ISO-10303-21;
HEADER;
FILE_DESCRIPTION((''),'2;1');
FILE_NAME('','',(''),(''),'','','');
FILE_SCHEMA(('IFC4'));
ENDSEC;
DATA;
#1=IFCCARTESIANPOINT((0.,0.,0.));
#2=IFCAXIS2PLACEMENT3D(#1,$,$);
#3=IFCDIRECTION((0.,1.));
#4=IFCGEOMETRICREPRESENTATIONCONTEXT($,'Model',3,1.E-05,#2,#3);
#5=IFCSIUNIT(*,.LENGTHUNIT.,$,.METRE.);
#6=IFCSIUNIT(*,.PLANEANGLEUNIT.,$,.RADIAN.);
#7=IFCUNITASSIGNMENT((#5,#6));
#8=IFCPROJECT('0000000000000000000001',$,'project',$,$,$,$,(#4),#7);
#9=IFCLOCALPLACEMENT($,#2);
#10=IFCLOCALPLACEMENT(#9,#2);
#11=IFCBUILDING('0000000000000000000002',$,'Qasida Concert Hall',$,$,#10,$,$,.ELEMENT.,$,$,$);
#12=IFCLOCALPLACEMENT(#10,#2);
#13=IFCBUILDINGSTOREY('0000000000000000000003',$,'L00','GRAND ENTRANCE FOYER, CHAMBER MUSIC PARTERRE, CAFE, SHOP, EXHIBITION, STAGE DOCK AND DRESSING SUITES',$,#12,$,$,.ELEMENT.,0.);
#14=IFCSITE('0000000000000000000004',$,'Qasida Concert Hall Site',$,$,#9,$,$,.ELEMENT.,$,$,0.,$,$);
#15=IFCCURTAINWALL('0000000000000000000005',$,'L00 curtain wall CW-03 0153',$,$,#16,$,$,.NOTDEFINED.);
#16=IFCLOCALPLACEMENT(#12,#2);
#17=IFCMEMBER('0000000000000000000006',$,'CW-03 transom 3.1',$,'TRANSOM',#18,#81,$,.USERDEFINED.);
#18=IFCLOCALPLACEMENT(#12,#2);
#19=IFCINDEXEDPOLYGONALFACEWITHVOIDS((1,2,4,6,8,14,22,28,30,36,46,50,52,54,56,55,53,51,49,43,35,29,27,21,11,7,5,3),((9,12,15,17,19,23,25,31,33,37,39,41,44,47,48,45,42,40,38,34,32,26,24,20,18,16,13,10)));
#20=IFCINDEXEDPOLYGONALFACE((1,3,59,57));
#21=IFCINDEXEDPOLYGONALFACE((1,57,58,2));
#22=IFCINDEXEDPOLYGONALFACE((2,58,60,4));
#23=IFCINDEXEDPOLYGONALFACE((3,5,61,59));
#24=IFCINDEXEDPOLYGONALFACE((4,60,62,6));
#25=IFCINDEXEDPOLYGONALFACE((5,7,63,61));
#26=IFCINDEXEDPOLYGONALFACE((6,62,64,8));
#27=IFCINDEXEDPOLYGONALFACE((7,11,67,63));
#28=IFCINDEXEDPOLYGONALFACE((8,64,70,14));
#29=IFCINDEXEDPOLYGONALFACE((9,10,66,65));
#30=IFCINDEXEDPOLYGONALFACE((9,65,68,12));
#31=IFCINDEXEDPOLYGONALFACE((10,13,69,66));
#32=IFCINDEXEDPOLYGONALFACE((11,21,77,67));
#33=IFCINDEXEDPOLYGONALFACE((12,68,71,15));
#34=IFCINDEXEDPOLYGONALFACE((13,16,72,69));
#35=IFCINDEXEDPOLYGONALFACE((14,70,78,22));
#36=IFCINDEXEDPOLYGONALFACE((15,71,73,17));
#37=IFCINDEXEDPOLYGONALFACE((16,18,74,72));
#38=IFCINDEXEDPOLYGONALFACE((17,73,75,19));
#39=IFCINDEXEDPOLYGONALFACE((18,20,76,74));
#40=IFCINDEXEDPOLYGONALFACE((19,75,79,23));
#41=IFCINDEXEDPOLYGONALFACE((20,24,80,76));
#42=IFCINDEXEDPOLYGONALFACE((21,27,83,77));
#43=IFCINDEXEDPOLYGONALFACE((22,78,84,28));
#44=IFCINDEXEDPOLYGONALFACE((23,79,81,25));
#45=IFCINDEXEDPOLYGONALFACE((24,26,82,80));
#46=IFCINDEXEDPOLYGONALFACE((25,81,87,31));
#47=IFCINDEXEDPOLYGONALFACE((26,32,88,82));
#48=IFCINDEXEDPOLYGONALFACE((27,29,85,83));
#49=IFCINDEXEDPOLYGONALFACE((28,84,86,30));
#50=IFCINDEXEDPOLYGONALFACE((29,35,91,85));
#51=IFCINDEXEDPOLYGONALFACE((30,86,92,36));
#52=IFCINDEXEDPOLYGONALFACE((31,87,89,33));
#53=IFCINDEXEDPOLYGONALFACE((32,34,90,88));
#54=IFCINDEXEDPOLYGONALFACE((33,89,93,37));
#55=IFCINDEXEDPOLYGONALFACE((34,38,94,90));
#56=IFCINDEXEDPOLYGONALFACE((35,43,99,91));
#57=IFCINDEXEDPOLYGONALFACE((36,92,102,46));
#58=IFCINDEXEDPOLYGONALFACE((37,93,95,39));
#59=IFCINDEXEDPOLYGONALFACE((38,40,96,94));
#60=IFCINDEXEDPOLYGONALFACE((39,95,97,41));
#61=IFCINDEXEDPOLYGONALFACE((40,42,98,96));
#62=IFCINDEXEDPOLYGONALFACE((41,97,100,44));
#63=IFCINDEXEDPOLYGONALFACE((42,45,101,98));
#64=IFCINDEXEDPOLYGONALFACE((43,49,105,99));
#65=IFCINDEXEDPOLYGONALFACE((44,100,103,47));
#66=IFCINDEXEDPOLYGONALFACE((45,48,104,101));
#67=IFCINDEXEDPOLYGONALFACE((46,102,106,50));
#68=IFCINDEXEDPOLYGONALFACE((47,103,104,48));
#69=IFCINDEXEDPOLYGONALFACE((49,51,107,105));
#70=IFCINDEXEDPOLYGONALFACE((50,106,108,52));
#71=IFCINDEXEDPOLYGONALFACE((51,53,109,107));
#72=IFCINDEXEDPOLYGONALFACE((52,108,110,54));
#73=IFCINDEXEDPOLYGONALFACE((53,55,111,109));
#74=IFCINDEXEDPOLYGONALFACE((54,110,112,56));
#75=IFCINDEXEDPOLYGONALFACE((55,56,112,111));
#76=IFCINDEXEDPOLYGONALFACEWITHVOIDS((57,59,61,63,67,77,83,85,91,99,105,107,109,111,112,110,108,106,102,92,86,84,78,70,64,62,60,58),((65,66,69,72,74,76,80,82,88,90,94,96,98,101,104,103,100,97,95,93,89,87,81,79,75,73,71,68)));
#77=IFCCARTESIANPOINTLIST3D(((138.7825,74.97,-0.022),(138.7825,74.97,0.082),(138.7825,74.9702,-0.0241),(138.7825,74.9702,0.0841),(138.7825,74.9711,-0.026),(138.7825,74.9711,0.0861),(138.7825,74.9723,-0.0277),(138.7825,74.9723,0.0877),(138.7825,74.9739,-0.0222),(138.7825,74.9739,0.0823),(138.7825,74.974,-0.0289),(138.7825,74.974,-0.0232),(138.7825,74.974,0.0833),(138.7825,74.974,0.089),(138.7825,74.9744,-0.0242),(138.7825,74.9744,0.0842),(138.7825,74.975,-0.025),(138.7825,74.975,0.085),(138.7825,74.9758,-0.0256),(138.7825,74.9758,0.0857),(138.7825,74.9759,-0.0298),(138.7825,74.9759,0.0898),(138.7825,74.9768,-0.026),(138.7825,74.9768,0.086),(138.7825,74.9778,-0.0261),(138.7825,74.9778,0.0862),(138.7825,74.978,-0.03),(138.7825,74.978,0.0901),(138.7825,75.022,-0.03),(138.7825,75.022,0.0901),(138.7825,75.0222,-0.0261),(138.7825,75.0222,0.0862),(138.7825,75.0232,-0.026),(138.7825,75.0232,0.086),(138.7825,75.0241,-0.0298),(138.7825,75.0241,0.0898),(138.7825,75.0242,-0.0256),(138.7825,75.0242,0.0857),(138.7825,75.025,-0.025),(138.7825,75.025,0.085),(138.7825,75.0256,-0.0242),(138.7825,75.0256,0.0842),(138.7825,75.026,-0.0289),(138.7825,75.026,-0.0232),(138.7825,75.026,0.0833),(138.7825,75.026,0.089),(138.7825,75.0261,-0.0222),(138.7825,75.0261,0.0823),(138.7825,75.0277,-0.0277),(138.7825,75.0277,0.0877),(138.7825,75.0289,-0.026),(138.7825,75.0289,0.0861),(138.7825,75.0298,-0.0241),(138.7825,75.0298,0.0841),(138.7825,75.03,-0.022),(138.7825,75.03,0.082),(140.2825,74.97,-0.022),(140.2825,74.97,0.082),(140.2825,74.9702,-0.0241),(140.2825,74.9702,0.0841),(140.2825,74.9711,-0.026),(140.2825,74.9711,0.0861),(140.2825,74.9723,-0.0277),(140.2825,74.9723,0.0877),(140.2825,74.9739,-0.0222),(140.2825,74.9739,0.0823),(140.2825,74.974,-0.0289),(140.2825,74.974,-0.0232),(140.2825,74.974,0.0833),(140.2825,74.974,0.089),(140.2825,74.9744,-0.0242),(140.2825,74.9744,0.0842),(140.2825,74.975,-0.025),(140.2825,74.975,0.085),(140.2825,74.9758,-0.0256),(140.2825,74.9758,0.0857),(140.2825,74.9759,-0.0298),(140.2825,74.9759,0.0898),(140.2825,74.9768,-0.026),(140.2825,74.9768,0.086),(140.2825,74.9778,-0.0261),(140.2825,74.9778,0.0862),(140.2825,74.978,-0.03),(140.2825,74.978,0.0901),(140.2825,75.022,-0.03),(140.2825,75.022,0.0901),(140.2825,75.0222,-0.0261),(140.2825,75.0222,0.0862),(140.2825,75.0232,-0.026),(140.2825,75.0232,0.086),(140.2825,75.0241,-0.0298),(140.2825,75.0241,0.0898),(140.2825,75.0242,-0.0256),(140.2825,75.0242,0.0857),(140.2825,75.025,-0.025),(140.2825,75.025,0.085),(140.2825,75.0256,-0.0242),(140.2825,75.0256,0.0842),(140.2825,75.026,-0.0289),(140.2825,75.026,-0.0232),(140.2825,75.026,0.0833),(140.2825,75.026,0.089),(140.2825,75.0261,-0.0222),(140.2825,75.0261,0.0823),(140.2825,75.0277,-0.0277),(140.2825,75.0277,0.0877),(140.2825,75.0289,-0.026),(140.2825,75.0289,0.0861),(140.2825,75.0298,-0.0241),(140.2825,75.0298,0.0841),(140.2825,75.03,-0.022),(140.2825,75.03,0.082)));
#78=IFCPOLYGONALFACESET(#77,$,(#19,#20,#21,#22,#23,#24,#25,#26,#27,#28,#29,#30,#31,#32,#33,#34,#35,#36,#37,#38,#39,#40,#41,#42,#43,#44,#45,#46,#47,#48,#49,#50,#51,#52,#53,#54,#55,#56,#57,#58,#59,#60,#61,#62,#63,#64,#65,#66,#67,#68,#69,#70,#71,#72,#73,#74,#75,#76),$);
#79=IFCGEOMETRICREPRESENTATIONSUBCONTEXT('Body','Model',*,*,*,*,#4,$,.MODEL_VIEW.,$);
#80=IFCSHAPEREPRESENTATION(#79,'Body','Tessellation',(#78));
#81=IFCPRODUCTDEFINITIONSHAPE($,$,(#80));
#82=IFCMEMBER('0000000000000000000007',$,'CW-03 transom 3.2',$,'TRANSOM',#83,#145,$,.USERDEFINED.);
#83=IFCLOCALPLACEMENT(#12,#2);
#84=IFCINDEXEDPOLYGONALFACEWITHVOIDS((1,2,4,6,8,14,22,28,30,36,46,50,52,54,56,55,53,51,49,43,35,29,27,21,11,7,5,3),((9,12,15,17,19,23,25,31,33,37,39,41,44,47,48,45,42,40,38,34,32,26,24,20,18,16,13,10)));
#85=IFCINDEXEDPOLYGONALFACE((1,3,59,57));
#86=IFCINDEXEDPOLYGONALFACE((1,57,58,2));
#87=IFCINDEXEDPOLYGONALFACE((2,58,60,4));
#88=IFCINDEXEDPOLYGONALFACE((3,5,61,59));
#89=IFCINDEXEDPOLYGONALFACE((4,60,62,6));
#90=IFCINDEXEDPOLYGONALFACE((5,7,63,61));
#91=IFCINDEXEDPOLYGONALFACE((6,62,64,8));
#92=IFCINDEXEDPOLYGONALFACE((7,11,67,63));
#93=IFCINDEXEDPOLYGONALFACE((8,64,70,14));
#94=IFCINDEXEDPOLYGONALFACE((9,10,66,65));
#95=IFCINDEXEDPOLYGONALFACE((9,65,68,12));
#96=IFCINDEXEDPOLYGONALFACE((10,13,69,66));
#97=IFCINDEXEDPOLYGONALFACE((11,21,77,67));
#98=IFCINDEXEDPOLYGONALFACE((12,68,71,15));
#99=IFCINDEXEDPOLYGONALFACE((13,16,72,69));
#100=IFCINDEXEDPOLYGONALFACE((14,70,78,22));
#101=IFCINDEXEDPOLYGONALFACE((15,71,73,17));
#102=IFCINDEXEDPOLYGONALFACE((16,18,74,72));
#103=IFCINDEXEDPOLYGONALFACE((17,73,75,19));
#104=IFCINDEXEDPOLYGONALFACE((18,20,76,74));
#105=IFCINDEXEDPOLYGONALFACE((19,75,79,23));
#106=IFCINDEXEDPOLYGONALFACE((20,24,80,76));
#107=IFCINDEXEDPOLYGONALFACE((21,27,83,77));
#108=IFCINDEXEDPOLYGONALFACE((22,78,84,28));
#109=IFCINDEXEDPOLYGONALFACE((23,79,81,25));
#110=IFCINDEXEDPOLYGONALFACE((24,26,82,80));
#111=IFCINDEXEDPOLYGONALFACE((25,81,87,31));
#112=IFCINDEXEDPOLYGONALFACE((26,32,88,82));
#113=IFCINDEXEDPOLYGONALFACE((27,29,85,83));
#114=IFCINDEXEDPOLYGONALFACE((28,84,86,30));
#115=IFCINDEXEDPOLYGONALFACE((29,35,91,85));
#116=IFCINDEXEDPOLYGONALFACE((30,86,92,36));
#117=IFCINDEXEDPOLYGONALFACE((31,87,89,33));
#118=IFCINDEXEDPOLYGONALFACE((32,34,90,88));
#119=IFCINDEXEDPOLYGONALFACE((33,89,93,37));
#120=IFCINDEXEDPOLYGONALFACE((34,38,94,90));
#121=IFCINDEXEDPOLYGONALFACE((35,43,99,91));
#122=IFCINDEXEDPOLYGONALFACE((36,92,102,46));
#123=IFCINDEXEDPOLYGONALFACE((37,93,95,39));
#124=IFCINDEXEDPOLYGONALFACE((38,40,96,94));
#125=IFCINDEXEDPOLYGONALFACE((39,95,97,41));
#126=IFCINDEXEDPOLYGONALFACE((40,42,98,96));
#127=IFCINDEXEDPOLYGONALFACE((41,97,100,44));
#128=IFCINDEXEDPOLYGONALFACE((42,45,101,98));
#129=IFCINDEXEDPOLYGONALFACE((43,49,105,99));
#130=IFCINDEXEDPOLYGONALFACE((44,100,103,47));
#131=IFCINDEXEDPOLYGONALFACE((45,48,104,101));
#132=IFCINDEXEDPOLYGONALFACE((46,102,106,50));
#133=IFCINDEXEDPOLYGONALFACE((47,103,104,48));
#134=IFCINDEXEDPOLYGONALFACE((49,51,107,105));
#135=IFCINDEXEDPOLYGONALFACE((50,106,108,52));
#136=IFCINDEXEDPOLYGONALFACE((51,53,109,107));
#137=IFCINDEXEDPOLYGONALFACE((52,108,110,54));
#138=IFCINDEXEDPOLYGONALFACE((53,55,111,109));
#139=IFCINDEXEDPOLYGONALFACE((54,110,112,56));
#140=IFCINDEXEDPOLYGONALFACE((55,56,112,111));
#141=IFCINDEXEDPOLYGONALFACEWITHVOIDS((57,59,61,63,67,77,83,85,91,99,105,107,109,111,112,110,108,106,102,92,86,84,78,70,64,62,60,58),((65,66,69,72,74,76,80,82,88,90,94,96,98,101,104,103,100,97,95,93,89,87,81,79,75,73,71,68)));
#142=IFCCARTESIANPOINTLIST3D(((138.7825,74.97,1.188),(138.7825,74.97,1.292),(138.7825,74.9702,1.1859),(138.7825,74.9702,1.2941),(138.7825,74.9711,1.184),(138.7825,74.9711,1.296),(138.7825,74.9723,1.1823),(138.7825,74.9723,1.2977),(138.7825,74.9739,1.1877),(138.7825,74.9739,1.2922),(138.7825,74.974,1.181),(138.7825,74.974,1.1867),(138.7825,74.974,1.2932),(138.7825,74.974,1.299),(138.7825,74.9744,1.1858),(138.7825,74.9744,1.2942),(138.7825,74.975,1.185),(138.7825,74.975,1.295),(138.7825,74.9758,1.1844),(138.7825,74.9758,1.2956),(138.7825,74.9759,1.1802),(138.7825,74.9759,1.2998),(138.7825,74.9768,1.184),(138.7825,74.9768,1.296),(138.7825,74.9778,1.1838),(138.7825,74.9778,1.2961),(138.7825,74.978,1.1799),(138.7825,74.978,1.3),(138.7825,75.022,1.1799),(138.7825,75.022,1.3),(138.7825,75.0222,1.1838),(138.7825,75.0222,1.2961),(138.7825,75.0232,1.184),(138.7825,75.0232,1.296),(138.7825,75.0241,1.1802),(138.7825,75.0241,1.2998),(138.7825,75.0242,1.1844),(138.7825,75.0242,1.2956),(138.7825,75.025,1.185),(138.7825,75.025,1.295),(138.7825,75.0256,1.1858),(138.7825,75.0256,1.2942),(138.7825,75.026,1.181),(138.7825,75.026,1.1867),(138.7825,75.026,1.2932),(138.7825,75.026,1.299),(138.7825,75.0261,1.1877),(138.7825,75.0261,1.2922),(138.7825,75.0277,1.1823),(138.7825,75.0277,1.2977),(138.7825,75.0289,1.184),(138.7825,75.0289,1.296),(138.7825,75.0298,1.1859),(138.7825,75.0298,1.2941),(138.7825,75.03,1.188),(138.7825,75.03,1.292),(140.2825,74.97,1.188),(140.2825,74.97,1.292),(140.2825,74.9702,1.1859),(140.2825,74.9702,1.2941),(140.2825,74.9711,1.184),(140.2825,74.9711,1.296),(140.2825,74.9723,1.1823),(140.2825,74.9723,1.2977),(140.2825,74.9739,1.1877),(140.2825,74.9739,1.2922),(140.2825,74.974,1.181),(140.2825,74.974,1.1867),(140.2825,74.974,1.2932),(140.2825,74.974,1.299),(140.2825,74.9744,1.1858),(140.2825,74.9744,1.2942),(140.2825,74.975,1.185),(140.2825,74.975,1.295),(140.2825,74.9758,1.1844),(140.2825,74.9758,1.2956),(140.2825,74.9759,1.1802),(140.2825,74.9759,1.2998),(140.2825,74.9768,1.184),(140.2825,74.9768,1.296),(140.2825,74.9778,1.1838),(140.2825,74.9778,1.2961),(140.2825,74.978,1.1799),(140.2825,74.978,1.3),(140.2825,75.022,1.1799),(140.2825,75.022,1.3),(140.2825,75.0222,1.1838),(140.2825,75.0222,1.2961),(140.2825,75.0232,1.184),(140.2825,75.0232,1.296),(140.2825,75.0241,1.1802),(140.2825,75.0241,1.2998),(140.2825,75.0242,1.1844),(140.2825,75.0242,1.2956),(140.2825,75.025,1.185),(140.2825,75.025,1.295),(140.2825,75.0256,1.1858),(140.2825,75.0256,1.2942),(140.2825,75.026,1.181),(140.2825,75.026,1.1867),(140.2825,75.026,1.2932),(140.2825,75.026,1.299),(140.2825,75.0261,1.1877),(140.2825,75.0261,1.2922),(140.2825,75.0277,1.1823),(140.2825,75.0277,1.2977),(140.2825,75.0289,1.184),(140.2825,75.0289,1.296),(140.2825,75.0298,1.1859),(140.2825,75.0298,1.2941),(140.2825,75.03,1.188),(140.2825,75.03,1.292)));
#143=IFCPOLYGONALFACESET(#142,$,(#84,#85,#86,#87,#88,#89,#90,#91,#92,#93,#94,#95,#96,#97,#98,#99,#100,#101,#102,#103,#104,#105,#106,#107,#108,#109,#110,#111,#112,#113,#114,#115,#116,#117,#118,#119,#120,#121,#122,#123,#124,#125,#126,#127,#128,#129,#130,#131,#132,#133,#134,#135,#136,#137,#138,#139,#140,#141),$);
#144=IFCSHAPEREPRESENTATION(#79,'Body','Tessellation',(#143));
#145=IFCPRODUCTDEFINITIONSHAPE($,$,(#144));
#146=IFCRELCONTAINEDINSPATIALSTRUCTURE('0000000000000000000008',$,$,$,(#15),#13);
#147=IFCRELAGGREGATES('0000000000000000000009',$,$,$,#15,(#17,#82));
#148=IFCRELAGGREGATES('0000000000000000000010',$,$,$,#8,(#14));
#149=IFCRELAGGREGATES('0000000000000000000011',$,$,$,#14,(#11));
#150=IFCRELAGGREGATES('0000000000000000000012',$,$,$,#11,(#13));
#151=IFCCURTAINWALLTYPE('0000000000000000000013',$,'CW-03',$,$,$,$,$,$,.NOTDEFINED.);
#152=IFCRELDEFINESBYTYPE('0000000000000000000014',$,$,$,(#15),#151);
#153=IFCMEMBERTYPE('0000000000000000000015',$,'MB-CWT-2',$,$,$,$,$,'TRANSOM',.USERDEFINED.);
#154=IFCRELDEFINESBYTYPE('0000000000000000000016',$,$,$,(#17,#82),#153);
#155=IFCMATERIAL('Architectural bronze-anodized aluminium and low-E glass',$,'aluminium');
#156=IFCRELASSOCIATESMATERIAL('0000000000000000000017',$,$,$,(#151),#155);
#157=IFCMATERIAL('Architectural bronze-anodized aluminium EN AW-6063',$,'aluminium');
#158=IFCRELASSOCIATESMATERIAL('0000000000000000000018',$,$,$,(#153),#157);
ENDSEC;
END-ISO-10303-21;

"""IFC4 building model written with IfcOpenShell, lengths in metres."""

from ifc_helpers import new_model, si_unit, direction, frame, origin, origin_2d, place, context, subcontext, project, spatial, hollow_rectangle, extrude, material, material_profile, profile_set, type_object, element, aggregate, save


model = new_model("IFC4")

# Units and contexts
model_context = context("Model", 3, precision=1e-05, world=origin(), true_north=direction((0.0, 1.0)))
body_context = subcontext(model_context, "Body", "Model", "MODEL_VIEW")
ifc_project = project(units=[si_unit("LENGTHUNIT", "METRE"), si_unit("PLANEANGLEUNIT", "RADIAN")], contexts=[model_context])

# Site, building, storey
site_placement = place(None, origin())
site = spatial("IfcSite", under=ifc_project, at=site_placement, Name="Qasida Concert Hall Site", CompositionType="ELEMENT", RefElevation=0.0)
building_placement = place(site_placement, origin())
building = spatial("IfcBuilding", under=site, at=building_placement, Name="Qasida Concert Hall", CompositionType="ELEMENT")
storey_placement = place(building_placement, origin())
storey = spatial("IfcBuildingStorey", under=building, at=storey_placement, Name="L00", Description="GRAND ENTRANCE FOYER, CHAMBER MUSIC PARTERRE, CAFE, SHOP, EXHIBITION, STAGE DOCK AND DRESSING SUITES", CompositionType="ELEMENT", Elevation=0.0)

# Curtain wall
ifc_material_1 = material(Name="Architectural bronze-anodized aluminium and low-E glass", Category="aluminium")
curtain_wall_type = type_object("IfcCurtainWallType", Name="CW-03", PredefinedType="NOTDEFINED", material=ifc_material_1)
curtain_wall_1_placement = place(storey_placement, origin())
curtain_wall_1 = element("IfcCurtainWall", 1, at=curtain_wall_1_placement, inside=storey, type_object=curtain_wall_type, Name="L00 curtain wall CW-03 0153", PredefinedType="NOTDEFINED")
ifc_material_2 = material(Name="Architectural bronze-anodized aluminium EN AW-6063", Category="aluminium")

# Members
ifc_material_profile_1 = material_profile(ifc_material_2, hollow_rectangle(XDim=0.0601, YDim=0.1201, WallThickness=0.0039, InnerFilletRadius=0.0039, OuterFilletRadius=0.0081, at=origin_2d()), Name="CWT 120x60x4")
ifc_profile_set_1 = profile_set([ifc_material_profile_1], Name="Architectural bronze-anodized aluminium EN AW-6063")
member_type_1 = type_object("IfcMemberType", Name="MB-CWT-2", ElementType="TRANSOM", PredefinedType="USERDEFINED", material=ifc_profile_set_1)
member_1_placement = place(storey_placement, frame((138.7825, 75.0, 0.03), z_axis=(1.0, 0.0, 0.0), x_axis=(0.0, 1.0, 0.0)))
member_1 = element("IfcMember", 2, at=member_1_placement, type_object=member_type_1, Name="CW-03 transom 3.1", ObjectType="TRANSOM", PredefinedType="USERDEFINED", context=body_context, shape_type="SweptSolid", body=[
    extrude(hollow_rectangle(XDim=0.0601, YDim=0.1201, WallThickness=0.0039, InnerFilletRadius=0.0039, OuterFilletRadius=0.0081, at=origin_2d()), origin(), (0.0, 0.0, 1.0), 1.5),
])
member_2_placement = place(storey_placement, frame((138.7825, 75.0, 1.24), z_axis=(1.0, 0.0, 0.0), x_axis=(0.0, 1.0, 0.0)))
member_2 = element("IfcMember", 3, at=member_2_placement, type_object=member_type_1, Name="CW-03 transom 3.2", ObjectType="TRANSOM", PredefinedType="USERDEFINED", context=body_context, shape_type="SweptSolid", body=[
    extrude(hollow_rectangle(XDim=0.0601, YDim=0.1201, WallThickness=0.0039, InnerFilletRadius=0.0039, OuterFilletRadius=0.0081, at=origin_2d()), origin(), (0.0, 0.0, 1.0), 1.5),
])

aggregate(curtain_wall_1, [member_1, member_2])

save(model, "model.ifc")
